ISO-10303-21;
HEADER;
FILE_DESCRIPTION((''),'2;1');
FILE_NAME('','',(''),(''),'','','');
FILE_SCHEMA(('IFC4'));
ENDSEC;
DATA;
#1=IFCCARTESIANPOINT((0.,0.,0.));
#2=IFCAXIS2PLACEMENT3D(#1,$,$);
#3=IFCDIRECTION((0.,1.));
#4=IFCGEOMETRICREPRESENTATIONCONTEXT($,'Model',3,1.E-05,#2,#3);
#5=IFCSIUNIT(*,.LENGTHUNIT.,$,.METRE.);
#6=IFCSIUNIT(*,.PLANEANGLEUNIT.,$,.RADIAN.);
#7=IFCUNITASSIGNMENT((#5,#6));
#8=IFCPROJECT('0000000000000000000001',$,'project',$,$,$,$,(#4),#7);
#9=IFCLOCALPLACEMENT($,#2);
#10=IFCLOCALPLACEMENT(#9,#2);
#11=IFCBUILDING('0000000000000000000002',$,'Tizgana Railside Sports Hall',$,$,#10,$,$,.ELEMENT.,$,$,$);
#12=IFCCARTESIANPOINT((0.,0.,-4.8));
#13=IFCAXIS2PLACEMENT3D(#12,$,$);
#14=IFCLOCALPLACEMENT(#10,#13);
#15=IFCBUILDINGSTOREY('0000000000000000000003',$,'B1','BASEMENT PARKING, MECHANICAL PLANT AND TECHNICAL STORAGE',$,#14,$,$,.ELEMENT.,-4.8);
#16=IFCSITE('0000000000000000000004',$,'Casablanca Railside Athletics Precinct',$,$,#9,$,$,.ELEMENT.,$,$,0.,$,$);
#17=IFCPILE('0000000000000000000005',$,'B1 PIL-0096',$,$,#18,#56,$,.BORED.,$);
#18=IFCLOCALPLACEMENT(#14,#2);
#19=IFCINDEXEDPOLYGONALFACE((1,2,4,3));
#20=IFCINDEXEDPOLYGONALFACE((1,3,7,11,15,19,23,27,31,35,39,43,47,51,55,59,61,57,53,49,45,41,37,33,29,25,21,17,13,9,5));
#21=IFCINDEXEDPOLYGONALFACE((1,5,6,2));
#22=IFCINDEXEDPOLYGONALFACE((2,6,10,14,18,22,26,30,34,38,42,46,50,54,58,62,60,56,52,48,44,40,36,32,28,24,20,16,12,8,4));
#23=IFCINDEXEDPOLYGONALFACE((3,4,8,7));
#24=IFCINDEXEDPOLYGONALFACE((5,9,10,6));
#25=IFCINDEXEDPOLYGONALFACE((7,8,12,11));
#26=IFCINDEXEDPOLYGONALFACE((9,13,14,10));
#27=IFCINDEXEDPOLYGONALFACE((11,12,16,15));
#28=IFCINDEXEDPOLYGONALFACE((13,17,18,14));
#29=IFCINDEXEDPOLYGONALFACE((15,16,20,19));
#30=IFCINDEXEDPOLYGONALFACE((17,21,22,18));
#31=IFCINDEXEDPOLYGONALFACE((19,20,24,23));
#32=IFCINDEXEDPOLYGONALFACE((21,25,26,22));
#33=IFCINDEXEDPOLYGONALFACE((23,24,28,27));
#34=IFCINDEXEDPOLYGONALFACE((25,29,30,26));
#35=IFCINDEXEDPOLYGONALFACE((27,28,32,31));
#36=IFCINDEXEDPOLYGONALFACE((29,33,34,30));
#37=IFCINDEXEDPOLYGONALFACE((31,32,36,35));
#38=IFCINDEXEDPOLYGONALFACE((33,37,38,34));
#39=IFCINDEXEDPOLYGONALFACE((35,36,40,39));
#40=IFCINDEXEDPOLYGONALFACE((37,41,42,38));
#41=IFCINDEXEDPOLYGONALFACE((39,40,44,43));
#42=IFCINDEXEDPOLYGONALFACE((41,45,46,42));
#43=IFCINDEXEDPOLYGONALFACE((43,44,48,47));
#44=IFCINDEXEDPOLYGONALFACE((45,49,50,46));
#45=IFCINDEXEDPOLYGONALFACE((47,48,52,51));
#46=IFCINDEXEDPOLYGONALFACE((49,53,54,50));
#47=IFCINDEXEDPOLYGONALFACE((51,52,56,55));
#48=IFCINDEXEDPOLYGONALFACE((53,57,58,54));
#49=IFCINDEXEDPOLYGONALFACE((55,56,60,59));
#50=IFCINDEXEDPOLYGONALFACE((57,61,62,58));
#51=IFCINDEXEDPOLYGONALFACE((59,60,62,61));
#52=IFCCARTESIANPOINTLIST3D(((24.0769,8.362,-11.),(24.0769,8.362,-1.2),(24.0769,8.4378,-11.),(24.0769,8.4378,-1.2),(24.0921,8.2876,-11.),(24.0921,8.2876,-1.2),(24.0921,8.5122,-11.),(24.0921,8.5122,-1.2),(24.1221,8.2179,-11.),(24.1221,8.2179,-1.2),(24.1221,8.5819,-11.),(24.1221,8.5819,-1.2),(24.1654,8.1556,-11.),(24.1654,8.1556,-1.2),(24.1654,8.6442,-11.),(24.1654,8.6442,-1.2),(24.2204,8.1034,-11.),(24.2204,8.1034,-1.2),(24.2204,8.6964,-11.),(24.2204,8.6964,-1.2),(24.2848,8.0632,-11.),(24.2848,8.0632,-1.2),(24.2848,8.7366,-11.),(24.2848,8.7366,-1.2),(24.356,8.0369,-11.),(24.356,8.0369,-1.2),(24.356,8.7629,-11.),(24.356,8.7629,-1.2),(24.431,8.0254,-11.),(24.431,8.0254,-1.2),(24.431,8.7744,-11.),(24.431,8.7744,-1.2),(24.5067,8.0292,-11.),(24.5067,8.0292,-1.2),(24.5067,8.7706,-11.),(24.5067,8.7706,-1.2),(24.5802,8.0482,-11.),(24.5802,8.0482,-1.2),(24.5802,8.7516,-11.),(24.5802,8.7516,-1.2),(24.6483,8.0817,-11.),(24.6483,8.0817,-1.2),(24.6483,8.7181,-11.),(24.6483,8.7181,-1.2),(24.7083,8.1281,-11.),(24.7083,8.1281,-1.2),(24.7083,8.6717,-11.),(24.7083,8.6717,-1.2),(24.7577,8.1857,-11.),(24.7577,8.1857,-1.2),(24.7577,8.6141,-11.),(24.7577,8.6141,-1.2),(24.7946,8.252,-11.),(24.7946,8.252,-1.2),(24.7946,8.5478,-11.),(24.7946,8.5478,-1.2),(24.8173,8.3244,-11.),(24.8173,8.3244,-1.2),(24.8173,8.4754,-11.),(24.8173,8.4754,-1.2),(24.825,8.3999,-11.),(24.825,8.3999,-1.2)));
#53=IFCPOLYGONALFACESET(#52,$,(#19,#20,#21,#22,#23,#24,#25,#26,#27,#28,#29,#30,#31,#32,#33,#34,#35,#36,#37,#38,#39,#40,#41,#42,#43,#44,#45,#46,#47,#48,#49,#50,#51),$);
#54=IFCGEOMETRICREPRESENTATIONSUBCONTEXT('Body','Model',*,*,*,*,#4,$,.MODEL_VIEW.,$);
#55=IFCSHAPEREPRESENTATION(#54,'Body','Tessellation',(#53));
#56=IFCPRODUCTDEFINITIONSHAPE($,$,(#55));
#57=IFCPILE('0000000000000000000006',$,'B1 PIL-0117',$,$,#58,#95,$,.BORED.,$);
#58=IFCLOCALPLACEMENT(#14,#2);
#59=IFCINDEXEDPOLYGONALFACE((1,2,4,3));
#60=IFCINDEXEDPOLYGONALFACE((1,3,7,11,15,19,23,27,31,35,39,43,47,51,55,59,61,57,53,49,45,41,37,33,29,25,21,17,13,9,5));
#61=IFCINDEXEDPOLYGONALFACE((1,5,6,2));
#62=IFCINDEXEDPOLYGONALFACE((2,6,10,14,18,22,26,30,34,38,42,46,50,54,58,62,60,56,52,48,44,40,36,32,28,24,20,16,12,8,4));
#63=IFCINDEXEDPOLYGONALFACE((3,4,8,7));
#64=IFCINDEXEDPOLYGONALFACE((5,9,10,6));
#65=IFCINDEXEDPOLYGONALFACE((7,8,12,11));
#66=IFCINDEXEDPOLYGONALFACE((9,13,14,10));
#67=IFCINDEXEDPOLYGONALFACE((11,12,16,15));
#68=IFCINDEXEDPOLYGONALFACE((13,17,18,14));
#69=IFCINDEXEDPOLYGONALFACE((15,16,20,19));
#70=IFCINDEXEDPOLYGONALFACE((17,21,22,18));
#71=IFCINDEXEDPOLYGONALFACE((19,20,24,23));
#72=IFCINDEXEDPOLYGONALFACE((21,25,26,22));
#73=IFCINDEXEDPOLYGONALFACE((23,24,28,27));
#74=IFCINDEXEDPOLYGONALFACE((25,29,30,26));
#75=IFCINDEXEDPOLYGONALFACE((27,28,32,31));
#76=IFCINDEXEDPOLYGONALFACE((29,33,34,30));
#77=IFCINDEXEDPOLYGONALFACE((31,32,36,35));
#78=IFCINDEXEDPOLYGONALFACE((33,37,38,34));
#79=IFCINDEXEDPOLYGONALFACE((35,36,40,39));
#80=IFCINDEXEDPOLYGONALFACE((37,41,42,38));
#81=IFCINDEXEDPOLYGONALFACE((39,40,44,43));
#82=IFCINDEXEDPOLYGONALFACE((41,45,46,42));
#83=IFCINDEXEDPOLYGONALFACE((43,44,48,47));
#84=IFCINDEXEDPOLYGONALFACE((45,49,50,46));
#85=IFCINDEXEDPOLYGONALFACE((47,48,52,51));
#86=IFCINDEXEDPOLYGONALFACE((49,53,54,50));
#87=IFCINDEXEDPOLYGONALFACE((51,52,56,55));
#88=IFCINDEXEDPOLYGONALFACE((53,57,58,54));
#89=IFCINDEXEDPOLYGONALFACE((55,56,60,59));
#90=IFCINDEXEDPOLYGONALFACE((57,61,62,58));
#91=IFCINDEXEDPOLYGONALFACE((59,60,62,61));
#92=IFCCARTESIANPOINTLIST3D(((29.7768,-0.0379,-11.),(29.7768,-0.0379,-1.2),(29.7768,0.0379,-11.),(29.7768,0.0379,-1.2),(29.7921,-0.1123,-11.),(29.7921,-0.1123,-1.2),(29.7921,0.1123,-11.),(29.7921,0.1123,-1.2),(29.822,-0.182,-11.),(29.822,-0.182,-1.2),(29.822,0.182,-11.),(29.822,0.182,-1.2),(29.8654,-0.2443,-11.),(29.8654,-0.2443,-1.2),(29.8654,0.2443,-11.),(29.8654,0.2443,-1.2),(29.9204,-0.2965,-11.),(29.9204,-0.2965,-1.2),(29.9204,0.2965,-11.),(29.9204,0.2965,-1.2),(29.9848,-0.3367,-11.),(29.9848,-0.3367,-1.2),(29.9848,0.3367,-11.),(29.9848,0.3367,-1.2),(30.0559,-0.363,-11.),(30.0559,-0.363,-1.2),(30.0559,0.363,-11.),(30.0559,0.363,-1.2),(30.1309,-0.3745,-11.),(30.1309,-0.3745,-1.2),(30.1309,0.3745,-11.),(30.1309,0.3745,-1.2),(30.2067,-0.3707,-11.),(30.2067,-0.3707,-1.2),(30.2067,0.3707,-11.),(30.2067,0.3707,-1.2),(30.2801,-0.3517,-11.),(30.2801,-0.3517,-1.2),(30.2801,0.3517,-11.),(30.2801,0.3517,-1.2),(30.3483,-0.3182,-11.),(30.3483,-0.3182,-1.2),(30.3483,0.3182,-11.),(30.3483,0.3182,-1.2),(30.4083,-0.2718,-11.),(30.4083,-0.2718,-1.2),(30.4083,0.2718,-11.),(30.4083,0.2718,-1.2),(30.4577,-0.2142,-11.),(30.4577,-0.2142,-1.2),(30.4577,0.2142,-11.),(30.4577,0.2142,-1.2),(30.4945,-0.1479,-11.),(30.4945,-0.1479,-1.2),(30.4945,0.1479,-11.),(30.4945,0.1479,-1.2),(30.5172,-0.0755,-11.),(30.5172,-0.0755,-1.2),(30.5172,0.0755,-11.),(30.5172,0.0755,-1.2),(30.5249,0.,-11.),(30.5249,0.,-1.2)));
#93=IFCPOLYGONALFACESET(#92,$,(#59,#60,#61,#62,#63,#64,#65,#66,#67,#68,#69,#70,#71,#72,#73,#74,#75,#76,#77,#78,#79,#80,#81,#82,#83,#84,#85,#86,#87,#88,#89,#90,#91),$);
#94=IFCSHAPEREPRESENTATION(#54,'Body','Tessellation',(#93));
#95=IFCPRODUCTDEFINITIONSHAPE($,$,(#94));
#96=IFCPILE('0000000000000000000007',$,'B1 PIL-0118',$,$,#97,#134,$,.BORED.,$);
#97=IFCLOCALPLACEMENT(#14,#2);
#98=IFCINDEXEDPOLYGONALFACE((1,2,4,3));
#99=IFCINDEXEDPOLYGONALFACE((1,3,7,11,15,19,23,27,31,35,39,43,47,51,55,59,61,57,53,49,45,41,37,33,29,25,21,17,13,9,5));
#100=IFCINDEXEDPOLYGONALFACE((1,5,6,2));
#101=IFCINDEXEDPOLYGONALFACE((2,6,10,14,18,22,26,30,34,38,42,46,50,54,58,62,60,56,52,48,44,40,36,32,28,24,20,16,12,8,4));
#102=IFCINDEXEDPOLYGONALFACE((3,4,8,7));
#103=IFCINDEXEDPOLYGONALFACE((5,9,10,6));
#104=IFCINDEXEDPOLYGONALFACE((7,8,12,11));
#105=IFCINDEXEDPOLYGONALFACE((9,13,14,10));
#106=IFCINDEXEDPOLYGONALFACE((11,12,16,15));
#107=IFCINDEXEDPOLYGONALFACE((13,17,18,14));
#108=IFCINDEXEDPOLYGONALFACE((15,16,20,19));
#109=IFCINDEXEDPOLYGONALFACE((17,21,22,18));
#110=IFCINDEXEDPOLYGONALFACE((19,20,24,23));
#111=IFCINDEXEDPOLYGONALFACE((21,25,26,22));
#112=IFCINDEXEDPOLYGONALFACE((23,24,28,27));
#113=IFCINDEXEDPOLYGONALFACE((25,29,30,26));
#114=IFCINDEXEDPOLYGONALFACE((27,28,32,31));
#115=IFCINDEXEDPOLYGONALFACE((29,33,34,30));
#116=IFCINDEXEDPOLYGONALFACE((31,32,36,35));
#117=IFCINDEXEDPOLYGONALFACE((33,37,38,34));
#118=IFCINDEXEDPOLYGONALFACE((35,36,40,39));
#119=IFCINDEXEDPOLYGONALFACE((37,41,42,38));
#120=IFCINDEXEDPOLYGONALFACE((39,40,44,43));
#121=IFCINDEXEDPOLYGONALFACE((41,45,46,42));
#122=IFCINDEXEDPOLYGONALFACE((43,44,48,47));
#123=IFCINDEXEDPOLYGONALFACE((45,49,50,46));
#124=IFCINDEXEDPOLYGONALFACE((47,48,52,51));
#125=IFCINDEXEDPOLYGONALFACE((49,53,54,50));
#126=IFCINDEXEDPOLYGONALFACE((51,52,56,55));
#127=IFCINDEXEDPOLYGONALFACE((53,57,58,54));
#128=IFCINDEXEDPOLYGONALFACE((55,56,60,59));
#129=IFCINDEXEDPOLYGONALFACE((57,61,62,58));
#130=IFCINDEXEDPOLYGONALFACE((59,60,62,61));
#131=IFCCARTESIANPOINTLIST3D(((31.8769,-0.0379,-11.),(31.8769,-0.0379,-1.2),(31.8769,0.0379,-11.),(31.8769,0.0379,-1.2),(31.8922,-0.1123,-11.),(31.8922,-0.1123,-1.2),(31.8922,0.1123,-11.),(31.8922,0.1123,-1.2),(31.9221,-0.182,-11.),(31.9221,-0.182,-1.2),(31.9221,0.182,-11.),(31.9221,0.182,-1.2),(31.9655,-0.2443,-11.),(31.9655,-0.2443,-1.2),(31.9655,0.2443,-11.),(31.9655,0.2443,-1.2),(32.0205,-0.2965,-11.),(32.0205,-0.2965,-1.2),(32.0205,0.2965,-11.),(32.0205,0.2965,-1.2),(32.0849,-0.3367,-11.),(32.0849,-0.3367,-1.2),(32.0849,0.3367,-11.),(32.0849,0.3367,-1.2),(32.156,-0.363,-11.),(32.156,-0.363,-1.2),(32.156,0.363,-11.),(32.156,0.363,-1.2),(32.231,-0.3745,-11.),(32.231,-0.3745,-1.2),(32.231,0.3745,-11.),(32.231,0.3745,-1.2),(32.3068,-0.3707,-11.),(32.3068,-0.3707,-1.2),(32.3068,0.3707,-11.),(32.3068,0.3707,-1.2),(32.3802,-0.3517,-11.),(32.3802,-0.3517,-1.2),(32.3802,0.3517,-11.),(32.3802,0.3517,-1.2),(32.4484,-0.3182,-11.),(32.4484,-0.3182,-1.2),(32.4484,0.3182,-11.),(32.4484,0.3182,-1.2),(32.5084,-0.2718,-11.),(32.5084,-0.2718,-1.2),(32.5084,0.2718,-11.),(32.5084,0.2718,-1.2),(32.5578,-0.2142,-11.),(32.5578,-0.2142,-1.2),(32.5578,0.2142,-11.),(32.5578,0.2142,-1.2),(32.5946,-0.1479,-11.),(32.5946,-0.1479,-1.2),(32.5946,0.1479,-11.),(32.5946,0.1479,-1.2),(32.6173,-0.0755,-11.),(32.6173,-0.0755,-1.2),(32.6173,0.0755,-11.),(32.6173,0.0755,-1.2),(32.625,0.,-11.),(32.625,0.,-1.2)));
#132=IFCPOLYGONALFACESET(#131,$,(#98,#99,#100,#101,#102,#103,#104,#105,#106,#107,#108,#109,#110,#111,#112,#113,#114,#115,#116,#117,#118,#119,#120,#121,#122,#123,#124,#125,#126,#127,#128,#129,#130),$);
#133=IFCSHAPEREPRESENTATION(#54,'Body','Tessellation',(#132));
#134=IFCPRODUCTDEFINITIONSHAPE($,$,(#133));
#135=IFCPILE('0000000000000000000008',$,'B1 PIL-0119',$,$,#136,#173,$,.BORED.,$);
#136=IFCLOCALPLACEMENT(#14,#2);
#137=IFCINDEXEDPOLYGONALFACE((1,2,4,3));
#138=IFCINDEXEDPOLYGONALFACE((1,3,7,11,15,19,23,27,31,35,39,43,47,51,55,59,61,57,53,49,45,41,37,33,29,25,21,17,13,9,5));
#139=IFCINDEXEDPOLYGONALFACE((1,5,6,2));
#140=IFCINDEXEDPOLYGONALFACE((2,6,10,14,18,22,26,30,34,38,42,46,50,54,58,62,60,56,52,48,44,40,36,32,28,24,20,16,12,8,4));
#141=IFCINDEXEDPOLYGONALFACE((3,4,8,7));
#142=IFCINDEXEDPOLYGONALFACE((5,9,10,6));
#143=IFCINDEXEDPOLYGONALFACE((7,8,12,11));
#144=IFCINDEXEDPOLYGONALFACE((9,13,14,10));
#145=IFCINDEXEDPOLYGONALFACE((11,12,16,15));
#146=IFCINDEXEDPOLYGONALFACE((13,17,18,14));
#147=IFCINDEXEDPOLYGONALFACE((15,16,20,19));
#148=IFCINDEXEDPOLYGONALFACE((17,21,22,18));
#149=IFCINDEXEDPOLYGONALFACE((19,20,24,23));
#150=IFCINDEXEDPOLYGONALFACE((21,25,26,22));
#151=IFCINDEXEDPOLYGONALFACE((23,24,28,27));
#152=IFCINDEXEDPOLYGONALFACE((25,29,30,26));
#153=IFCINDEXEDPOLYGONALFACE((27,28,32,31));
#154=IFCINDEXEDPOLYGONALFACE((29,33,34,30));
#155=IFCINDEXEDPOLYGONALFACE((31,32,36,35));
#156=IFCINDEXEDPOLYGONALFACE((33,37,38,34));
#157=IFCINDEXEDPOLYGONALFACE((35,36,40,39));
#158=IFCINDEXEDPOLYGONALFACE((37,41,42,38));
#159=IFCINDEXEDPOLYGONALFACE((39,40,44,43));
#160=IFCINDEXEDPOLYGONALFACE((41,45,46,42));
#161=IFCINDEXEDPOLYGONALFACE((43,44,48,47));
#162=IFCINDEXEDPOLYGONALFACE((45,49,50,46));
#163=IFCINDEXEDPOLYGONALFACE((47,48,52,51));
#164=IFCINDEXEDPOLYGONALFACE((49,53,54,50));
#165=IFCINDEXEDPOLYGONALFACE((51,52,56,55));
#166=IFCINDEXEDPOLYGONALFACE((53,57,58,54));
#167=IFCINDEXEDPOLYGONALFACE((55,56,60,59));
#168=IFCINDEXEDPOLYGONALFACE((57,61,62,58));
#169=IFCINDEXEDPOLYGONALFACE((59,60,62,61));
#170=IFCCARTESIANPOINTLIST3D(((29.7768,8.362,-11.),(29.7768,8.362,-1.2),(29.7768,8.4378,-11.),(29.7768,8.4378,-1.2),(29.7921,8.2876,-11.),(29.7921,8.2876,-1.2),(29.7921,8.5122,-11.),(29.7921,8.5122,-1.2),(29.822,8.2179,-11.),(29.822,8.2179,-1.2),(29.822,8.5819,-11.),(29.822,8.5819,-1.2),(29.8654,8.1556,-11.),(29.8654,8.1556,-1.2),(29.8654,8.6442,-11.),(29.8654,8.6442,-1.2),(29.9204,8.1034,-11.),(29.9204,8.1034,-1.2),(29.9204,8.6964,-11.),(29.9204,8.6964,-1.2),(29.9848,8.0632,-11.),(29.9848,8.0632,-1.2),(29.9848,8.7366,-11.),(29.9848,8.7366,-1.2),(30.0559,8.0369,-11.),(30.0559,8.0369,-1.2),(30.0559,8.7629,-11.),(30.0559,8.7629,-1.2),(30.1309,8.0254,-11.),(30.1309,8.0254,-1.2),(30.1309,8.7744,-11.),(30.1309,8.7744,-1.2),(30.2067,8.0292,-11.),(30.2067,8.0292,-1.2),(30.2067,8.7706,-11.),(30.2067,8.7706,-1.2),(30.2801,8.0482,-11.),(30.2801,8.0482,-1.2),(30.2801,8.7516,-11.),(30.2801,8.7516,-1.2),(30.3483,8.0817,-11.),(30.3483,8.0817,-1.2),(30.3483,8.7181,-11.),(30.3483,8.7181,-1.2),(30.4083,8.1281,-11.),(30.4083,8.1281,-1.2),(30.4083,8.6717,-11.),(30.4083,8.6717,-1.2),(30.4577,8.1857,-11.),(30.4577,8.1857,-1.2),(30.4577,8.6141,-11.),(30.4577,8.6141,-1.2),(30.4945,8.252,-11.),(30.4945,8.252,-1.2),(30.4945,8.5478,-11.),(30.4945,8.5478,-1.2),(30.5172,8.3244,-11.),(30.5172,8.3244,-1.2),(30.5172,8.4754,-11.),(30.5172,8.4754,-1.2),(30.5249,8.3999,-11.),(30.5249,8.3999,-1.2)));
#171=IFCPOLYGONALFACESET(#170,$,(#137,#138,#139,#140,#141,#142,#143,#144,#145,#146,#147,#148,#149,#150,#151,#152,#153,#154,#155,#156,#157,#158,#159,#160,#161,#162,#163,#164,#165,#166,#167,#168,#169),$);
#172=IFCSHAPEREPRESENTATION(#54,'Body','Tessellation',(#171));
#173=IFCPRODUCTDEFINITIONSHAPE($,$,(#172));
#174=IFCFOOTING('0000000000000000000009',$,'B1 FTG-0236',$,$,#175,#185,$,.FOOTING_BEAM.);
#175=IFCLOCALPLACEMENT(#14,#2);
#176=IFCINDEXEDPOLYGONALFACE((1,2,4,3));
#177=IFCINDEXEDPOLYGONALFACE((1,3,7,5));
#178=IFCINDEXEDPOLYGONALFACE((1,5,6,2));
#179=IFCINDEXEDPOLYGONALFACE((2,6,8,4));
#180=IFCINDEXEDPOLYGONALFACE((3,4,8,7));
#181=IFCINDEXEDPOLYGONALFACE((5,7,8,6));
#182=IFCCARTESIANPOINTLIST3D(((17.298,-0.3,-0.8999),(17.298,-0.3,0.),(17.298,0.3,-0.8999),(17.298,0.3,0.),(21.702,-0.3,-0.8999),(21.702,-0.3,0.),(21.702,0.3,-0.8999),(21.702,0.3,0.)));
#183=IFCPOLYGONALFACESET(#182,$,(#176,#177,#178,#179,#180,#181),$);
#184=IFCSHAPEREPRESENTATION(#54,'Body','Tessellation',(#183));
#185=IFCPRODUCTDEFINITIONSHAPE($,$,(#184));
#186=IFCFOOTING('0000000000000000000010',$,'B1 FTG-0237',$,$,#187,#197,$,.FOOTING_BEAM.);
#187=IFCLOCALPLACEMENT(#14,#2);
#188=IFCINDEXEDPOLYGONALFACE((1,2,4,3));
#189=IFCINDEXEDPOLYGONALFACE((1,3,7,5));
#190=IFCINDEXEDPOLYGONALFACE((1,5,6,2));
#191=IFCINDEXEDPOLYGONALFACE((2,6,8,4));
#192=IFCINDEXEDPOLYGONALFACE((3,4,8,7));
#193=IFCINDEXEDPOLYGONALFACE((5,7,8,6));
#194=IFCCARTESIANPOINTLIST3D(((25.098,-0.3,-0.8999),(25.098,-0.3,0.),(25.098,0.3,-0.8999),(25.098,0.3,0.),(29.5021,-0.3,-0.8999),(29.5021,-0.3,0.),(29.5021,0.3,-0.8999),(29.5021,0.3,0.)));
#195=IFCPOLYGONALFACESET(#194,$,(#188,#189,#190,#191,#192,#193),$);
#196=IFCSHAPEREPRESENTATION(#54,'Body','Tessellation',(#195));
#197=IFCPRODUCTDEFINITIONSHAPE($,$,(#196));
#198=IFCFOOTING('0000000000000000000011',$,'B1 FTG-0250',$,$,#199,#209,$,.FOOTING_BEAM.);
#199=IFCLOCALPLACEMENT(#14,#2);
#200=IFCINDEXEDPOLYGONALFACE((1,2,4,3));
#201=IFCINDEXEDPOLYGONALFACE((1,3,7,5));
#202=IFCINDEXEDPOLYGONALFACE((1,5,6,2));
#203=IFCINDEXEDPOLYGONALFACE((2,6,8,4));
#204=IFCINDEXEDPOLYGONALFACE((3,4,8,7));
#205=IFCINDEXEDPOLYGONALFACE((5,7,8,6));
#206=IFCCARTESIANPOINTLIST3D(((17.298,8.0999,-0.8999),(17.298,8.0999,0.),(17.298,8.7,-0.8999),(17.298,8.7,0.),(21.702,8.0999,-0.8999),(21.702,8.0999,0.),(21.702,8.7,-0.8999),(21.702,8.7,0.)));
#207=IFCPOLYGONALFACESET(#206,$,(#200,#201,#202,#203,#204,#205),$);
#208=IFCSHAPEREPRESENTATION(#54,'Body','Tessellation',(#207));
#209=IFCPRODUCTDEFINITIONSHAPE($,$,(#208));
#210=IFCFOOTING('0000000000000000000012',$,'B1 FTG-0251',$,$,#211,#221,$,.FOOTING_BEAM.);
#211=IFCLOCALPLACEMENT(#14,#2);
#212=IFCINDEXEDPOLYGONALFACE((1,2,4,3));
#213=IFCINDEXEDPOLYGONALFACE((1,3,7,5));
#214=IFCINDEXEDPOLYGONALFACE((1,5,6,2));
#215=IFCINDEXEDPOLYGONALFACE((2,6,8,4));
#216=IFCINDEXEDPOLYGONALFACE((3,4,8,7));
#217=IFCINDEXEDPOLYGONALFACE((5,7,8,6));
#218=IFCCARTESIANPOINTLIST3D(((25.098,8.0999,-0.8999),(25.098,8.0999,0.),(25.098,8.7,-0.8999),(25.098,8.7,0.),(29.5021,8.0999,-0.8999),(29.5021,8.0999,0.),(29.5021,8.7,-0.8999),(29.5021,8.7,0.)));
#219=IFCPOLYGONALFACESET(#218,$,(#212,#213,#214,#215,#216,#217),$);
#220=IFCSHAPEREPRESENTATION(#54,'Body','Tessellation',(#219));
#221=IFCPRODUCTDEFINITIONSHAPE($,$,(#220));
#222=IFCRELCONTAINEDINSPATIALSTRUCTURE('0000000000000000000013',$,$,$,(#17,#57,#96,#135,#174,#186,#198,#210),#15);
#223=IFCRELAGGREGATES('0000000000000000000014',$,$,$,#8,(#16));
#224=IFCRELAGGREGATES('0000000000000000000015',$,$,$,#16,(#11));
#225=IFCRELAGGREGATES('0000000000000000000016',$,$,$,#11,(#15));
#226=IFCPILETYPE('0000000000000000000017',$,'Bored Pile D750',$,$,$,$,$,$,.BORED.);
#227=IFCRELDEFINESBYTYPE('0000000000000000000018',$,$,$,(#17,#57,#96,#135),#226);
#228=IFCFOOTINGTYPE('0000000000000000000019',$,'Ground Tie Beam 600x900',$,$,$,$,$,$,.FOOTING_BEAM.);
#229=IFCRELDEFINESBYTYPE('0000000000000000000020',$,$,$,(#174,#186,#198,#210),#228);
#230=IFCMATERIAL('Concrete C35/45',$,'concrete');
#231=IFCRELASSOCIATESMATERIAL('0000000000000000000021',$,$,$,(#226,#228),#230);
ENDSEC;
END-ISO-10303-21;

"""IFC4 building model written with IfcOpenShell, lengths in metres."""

from ifc_helpers import new_model, si_unit, direction, frame, origin, origin_2d, place, context, subcontext, project, spatial, rectangle, circle, extrude, material, material_profile, profile_set, type_object, element, save


model = new_model("IFC4")

# Units and contexts
model_context = context("Model", 3, precision=1e-05, world=origin(), true_north=direction((0.0, 1.0)))
body_context = subcontext(model_context, "Body", "Model", "MODEL_VIEW")
ifc_project = project(units=[si_unit("LENGTHUNIT", "METRE"), si_unit("PLANEANGLEUNIT", "RADIAN")], contexts=[model_context])

# Site, building, storey
site_placement = place(None, origin())
site = spatial("IfcSite", under=ifc_project, at=site_placement, Name="Casablanca Railside Athletics Precinct", CompositionType="ELEMENT", RefElevation=0.0)
building_placement = place(site_placement, origin())
building = spatial("IfcBuilding", under=site, at=building_placement, Name="Tizgana Railside Sports Hall", CompositionType="ELEMENT")
storey_placement = place(building_placement, frame((0.0, 0.0, -4.8)))
storey = spatial("IfcBuildingStorey", under=building, at=storey_placement, Name="B1", Description="BASEMENT PARKING, MECHANICAL PLANT AND TECHNICAL STORAGE", CompositionType="ELEMENT", Elevation=-4.8)

# Piles
ifc_material_1 = material(Name="Concrete C35/45", Category="concrete")
ifc_material_profile_1 = material_profile(ifc_material_1, circle(Radius=0.375, at=origin_2d()), Name="PILE D750")
ifc_profile_set_1 = profile_set([ifc_material_profile_1], Name="Concrete C35/45")
pile_type = type_object("IfcPileType", Name="Bored Pile D750", PredefinedType="BORED", material=ifc_profile_set_1)
for number, where, z_axis, x_axis, name in (
    (1, (24.45, 8.3999, -1.2), (0.0, 0.0, -1.0), (1.0, 0.0, 0.0), "B1 PIL-0096"),
    (2, (30.1499, 0.0, -1.2), (0.0, 0.0, -1.0), (1.0, 0.0, 0.0), "B1 PIL-0117"),
    (3, (32.25, 0.0, -1.2), (0.0, 0.0, -1.0), (1.0, 0.0, 0.0), "B1 PIL-0118"),
    (4, (30.1499, 8.3999, -1.2), (0.0, 0.0, -1.0), (1.0, 0.0, 0.0), "B1 PIL-0119"),
):
    element("IfcPile", number, at=place(storey_placement, frame(where, z_axis=z_axis, x_axis=x_axis)), inside=storey, type_object=pile_type, Name=name, PredefinedType="BORED", context=body_context, shape_type="SweptSolid", body=[
        extrude(circle(Radius=0.375, at=origin_2d()), origin(), (0.0, 0.0, 1.0), 9.8),
    ])

# Footings
footing_type_1 = type_object("IfcFootingType", Name="Ground Tie Beam 600x900", PredefinedType="FOOTING_BEAM", material=ifc_material_1)
for number, where, z_axis, x_axis, name in (
    (5, (19.5, 0.0, -0.8999), (0.0, 0.0, 1.0), (1.0, 0.0, 0.0), "B1 FTG-0236"),
    (6, (27.3, 0.0, -0.8999), (0.0, 0.0, 1.0), (1.0, 0.0, 0.0), "B1 FTG-0237"),
    (7, (19.5, 8.3999, -0.8999), (0.0, 0.0, 1.0), (1.0, 0.0, 0.0), "B1 FTG-0250"),
    (8, (27.3, 8.3999, -0.8999), (0.0, 0.0, 1.0), (1.0, 0.0, 0.0), "B1 FTG-0251"),
):
    element("IfcFooting", number, at=place(storey_placement, frame(where, z_axis=z_axis, x_axis=x_axis)), inside=storey, type_object=footing_type_1, Name=name, PredefinedType="FOOTING_BEAM", context=body_context, shape_type="SweptSolid", body=[
        extrude(rectangle(XDim=4.4041, YDim=0.6001, at=origin_2d()), origin(), (0.0, 0.0, 1.0), 0.8999),
    ])

save(model, "model.ifc")
